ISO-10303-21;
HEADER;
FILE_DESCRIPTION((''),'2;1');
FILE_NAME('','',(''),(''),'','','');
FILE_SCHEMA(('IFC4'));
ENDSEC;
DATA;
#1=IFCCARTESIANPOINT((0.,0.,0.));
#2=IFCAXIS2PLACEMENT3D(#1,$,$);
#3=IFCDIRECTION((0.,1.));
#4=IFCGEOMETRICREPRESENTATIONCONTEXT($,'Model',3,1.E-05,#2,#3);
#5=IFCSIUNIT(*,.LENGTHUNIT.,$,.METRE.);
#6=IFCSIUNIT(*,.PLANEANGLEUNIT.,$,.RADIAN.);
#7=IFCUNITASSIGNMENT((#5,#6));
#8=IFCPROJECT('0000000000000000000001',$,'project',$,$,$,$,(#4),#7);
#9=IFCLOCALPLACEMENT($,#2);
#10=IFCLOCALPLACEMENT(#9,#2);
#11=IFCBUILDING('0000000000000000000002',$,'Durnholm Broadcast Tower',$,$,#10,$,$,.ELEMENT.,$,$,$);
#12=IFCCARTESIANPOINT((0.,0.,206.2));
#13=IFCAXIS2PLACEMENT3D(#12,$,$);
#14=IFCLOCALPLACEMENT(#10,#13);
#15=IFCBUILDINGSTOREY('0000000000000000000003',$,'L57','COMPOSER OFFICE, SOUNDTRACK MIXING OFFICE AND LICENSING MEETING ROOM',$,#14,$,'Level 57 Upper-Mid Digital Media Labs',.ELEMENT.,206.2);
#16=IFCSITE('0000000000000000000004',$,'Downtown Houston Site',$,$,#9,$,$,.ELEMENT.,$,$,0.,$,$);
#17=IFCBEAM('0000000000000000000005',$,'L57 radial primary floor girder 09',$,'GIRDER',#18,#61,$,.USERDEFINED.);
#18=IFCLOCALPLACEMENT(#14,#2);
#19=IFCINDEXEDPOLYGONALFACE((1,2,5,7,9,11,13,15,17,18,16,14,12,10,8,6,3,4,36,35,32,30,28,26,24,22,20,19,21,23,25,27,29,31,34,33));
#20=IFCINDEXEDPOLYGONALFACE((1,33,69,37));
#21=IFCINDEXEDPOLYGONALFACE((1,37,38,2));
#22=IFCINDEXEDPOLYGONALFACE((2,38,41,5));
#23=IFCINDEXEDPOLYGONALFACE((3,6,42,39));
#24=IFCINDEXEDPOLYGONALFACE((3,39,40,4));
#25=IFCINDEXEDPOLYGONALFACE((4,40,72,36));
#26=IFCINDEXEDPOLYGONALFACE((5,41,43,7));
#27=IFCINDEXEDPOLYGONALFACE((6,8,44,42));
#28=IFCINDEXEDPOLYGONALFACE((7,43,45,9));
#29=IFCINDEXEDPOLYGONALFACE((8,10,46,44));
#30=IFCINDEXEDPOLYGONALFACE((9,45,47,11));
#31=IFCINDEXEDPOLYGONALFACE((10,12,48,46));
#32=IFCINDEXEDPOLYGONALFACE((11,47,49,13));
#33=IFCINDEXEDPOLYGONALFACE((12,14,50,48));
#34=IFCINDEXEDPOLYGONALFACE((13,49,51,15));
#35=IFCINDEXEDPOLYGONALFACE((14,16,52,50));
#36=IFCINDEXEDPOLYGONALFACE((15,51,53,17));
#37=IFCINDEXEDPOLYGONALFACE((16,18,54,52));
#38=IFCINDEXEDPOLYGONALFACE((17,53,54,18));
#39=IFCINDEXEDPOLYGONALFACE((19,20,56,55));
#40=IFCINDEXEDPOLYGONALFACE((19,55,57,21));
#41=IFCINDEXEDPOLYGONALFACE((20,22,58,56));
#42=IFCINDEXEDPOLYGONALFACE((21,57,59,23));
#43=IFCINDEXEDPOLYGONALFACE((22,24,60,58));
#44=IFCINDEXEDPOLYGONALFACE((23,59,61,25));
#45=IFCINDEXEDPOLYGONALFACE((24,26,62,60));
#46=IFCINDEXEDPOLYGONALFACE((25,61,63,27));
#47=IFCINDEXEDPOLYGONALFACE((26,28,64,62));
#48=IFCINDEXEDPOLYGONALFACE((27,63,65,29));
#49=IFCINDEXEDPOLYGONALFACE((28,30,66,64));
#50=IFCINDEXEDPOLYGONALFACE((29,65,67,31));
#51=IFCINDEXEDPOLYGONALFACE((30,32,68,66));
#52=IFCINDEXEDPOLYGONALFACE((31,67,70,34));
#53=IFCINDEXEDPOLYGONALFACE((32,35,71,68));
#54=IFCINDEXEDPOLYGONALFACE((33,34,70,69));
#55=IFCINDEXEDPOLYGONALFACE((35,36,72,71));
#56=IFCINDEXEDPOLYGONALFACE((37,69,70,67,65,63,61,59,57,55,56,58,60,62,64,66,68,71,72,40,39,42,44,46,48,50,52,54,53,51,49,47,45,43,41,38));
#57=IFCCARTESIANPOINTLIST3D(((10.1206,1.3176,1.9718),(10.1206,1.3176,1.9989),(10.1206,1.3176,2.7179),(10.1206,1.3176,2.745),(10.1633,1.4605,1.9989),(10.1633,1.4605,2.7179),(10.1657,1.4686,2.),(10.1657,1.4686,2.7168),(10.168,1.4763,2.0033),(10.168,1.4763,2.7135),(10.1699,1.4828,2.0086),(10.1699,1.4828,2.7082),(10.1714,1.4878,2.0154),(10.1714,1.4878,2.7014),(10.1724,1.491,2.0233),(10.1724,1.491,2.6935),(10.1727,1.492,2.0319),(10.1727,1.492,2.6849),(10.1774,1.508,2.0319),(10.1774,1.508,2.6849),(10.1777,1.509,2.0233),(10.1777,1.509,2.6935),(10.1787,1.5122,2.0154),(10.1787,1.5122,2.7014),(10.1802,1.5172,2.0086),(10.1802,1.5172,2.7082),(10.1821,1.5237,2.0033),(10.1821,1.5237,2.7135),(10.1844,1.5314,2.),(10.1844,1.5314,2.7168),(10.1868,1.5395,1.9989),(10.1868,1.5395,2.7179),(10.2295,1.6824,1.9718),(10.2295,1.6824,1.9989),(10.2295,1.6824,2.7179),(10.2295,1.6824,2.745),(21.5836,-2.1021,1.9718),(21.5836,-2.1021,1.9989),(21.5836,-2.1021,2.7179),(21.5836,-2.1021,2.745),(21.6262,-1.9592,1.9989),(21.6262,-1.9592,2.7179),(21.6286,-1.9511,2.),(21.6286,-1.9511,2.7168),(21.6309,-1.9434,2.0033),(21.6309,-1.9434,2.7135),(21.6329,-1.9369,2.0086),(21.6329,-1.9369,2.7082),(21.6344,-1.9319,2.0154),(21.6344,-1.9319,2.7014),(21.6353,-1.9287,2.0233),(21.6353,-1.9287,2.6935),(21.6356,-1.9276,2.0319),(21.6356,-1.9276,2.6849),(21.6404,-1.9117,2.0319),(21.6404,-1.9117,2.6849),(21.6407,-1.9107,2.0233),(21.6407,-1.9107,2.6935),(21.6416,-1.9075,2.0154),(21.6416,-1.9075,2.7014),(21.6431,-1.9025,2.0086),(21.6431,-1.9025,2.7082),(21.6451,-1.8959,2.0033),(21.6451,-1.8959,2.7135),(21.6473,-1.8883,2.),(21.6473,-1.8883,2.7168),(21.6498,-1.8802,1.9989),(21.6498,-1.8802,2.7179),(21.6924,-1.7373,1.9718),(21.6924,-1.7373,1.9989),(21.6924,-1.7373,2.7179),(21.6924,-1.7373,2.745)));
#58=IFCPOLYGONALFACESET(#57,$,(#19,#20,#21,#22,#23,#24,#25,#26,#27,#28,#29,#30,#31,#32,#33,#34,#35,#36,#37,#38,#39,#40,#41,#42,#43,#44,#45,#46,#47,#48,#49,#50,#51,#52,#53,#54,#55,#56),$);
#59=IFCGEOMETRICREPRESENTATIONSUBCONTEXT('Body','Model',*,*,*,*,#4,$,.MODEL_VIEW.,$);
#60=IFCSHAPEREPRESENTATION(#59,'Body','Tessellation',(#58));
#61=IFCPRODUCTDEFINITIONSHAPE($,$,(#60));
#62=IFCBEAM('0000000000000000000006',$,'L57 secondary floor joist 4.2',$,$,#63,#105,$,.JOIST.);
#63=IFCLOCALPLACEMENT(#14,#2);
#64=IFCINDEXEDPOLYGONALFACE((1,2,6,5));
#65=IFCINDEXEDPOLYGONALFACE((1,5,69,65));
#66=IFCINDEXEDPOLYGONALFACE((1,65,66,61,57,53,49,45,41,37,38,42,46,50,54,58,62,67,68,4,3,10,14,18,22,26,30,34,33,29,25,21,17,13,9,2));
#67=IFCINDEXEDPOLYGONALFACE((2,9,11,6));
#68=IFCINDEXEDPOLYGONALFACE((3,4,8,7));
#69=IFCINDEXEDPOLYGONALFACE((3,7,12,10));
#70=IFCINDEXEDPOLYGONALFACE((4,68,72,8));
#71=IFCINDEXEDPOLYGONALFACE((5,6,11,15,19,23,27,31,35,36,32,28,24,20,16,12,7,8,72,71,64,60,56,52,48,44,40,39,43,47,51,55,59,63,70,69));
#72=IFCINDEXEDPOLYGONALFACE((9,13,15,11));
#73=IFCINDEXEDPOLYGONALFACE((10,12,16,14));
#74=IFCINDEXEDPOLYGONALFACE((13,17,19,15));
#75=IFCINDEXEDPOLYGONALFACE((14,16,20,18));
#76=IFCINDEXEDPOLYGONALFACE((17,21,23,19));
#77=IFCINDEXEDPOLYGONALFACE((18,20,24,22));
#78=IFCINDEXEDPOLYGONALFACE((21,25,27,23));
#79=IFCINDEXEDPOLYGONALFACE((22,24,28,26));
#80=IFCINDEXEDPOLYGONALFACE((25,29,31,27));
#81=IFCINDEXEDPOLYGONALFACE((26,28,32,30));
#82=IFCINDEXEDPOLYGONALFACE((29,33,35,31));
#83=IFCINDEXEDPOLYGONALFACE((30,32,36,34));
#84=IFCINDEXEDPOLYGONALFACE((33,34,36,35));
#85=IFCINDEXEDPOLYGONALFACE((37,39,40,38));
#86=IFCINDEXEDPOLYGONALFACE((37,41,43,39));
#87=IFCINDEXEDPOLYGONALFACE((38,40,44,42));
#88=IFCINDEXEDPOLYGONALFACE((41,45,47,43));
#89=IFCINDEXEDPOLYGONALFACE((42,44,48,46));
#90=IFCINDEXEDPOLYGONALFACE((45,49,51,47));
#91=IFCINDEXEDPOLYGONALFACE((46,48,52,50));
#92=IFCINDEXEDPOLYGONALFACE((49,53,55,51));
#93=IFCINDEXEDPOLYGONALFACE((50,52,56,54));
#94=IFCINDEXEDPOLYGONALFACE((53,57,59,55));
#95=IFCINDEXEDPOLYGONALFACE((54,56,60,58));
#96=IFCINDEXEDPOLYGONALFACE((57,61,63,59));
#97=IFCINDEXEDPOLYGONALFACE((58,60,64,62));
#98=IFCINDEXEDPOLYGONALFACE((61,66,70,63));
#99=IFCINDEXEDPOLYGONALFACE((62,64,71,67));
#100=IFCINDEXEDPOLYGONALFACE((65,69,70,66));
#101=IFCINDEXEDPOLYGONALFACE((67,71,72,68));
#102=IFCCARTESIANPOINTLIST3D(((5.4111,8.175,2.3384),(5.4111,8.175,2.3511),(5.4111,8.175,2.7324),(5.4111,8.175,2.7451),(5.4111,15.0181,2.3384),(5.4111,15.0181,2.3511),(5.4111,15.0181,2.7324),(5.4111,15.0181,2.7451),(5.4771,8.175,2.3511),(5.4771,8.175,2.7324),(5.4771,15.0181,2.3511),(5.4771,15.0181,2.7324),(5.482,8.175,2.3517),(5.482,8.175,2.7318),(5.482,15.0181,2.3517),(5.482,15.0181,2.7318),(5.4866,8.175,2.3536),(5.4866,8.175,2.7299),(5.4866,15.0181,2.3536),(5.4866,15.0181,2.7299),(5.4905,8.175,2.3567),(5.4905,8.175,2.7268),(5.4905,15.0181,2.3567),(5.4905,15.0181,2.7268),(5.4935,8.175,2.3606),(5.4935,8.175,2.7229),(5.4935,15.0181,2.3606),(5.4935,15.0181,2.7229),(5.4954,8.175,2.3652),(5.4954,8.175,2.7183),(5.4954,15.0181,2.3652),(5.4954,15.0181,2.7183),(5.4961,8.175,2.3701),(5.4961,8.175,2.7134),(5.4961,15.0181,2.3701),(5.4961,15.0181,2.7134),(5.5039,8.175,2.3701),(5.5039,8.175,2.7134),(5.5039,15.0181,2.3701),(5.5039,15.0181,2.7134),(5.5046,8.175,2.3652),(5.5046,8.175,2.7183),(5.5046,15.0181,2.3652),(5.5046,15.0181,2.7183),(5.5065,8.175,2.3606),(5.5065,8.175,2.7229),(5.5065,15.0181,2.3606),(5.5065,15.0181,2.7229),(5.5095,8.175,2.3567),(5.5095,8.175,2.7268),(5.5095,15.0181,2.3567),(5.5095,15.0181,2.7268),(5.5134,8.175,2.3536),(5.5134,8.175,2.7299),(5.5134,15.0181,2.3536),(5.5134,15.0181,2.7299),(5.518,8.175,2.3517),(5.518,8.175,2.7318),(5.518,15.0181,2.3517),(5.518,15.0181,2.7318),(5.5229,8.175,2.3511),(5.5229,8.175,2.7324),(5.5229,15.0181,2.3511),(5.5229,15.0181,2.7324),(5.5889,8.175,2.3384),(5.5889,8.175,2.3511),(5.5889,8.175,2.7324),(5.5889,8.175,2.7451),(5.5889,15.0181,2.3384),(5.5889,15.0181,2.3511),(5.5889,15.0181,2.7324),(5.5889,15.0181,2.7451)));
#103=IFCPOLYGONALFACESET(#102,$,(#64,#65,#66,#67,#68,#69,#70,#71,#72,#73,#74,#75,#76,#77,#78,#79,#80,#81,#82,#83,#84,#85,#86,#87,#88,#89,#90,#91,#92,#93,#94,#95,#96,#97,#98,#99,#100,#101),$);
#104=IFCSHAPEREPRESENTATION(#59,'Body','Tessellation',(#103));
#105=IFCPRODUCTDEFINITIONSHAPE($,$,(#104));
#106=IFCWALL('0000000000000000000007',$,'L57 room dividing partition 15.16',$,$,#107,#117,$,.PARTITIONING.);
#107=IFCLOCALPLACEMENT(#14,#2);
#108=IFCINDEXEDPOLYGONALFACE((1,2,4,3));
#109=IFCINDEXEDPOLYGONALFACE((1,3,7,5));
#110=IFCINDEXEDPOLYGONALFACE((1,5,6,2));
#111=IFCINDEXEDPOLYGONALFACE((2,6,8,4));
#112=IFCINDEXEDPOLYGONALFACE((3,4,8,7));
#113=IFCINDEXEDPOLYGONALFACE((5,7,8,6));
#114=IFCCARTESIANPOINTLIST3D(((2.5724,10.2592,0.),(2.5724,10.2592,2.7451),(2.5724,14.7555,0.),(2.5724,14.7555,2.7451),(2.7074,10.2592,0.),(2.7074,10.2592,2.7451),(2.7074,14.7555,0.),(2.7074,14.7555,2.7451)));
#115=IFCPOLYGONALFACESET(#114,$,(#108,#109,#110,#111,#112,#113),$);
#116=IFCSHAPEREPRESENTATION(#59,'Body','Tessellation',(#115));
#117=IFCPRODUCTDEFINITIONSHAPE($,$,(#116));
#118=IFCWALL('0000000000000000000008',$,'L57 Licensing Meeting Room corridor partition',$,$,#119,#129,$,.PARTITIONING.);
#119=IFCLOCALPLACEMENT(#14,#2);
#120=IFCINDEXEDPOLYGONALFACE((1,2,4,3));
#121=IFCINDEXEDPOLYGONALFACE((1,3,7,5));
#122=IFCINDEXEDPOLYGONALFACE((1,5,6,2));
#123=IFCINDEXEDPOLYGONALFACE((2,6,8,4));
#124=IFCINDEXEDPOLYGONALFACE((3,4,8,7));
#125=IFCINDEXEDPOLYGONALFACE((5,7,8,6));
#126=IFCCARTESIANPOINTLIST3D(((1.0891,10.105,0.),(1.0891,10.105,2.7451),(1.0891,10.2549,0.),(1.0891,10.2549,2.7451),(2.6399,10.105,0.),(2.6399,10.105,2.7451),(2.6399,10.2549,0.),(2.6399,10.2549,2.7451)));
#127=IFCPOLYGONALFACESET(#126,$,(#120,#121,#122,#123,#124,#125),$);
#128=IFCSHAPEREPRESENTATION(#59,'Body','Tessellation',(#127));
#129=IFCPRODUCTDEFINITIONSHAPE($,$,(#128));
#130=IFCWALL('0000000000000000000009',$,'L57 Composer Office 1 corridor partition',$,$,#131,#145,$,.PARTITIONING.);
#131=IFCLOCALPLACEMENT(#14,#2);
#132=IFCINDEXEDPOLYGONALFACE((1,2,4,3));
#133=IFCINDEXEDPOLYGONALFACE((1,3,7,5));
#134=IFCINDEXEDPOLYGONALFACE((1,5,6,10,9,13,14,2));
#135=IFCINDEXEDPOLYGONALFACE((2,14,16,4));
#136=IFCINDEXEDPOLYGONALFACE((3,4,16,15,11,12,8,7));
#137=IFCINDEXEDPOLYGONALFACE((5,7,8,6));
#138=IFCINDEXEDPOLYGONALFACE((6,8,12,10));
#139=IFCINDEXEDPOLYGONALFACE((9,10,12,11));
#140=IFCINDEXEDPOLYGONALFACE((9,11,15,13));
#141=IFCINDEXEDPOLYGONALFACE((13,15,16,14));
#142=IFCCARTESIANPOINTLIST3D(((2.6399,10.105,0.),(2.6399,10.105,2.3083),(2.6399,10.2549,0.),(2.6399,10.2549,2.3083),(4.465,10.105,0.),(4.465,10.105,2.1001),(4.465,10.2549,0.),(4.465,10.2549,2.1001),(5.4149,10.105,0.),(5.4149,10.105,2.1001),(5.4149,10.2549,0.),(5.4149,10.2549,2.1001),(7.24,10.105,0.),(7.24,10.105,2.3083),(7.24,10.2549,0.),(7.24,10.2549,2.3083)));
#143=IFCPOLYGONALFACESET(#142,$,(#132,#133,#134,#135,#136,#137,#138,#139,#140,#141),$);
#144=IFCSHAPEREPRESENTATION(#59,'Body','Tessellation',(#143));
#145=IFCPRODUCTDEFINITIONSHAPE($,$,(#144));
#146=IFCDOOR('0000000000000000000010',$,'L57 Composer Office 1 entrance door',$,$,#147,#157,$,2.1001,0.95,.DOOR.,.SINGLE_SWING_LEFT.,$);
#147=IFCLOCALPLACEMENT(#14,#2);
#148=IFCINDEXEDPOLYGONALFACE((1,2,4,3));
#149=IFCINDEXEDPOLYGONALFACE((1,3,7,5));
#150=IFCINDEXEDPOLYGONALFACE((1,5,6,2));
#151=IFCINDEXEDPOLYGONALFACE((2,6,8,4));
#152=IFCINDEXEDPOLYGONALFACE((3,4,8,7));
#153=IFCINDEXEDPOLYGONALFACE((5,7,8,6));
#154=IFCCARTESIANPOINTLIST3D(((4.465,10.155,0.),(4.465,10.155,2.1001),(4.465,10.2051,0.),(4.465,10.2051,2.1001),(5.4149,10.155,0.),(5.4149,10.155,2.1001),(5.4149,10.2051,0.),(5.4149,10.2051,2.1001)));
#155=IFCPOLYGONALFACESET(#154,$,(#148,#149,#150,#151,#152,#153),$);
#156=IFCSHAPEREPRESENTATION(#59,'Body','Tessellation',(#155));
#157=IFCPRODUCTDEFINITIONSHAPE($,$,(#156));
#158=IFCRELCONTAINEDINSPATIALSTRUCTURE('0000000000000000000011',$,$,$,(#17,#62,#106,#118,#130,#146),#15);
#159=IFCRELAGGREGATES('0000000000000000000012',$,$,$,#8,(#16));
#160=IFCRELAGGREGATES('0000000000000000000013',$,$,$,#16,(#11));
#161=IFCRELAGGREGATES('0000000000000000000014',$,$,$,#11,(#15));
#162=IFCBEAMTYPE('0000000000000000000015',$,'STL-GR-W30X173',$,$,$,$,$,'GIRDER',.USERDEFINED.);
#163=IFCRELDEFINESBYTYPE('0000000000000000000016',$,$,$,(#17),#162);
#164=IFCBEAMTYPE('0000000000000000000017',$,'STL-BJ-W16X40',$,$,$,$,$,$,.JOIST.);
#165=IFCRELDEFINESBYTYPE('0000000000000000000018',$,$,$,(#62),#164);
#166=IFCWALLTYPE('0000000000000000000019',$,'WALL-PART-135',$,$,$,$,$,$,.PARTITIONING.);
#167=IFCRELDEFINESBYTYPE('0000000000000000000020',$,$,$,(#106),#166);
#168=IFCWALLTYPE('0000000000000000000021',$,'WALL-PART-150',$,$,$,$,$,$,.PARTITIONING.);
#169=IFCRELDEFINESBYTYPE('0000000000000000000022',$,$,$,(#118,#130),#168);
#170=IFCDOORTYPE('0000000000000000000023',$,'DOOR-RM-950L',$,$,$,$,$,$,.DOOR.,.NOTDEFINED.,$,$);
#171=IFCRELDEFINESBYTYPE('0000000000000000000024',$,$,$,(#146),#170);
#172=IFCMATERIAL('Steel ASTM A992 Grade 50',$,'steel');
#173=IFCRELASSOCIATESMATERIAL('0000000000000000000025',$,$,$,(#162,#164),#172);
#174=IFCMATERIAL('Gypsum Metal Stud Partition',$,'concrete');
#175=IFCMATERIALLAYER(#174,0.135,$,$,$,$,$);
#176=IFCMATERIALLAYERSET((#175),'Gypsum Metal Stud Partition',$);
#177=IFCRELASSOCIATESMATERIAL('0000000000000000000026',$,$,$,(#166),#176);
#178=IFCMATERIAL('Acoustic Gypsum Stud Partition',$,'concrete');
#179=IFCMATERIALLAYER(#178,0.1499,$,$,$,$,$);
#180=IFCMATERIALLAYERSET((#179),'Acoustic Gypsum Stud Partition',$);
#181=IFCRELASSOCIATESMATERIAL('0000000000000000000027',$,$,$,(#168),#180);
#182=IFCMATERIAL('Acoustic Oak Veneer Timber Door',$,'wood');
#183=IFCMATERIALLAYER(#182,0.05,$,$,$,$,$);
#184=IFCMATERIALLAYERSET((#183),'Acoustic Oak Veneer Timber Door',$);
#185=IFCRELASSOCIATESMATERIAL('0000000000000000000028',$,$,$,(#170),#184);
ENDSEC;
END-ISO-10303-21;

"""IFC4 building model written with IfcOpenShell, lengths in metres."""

from ifc_helpers import new_model, si_unit, direction, frame, frame_2d, origin, origin_2d, place, context, subcontext, project, spatial, rectangle, i_section, extrude, source, transform, mapped, material, layer, layer_set, material_profile, profile_set, type_object, type_shapes, element, fill, save


model = new_model("IFC4")

# Units and contexts
model_context = context("Model", 3, precision=1e-05, world=origin(), true_north=direction((0.0, 1.0)))
body_context = subcontext(model_context, "Body", "Model", "MODEL_VIEW")
ifc_project = project(units=[si_unit("LENGTHUNIT", "METRE"), si_unit("PLANEANGLEUNIT", "RADIAN")], contexts=[model_context])

# Site, building, storey
site_placement = place(None, origin())
site = spatial("IfcSite", under=ifc_project, at=site_placement, Name="Downtown Houston Site", CompositionType="ELEMENT", RefElevation=0.0)
building_placement = place(site_placement, origin())
building = spatial("IfcBuilding", under=site, at=building_placement, Name="Durnholm Broadcast Tower", CompositionType="ELEMENT")
storey_placement = place(building_placement, frame((0.0, 0.0, 206.2)))
storey = spatial("IfcBuildingStorey", under=building, at=storey_placement, Name="L57", Description="COMPOSER OFFICE, SOUNDTRACK MIXING OFFICE AND LICENSING MEETING ROOM", LongName="Level 57 Upper-Mid Digital Media Labs", CompositionType="ELEMENT", Elevation=206.2)

# Beams
ifc_material_1 = material(Name="Steel ASTM A992 Grade 50", Category="steel")
ifc_material_profile_1 = material_profile(ifc_material_1, i_section(OverallWidth=0.3806, OverallDepth=0.7732, WebThickness=0.0166, FlangeThickness=0.0271, FilletRadius=0.033, at=origin_2d()), Name="W30X173")
ifc_profile_set_1 = profile_set([ifc_material_profile_1], Name="Steel ASTM A992 Grade 50")
beam_type_1 = type_object("IfcBeamType", Name="STL-GR-W30X173", ElementType="GIRDER", PredefinedType="USERDEFINED", material=ifc_profile_set_1)
shared_shape_1 = source(origin(), body_context, "Body", "SweptSolid", [
    extrude(i_section(OverallWidth=0.3806, OverallDepth=0.7732, WebThickness=0.0166, FlangeThickness=0.0271, FilletRadius=0.033, at=origin_2d()), origin(), (0.0, 0.0, 1.0), 11.9622),
])
beam_1_placement = place(storey_placement, frame((10.175, 1.5, 2.3584), z_axis=(0.958267, -0.285876, 0.0), x_axis=(0.285876, 0.958267, 0.0)))
element("IfcBeam", 1, at=beam_1_placement, inside=storey, type_object=beam_type_1, Name="L57 radial primary floor girder 09", ObjectType="GIRDER", PredefinedType="USERDEFINED", context=body_context, shape_type="MappedRepresentation", body=[
    mapped(shared_shape_1, transform((0.0, 0.0, 0.0), x_axis=(1.0, 0.0, 0.0), y_axis=(0.0, 1.0, 0.0), z_axis=(0.0, 0.0, 1.0), scale=1.0)),
])
ifc_material_profile_2 = material_profile(ifc_material_1, i_section(OverallWidth=0.1777, OverallDepth=0.4067, WebThickness=0.0078, FlangeThickness=0.0127, FilletRadius=0.019, at=origin_2d()), Name="W16X40")
ifc_profile_set_2 = profile_set([ifc_material_profile_2], Name="Steel ASTM A992 Grade 50")
beam_type_2 = type_object("IfcBeamType", Name="STL-BJ-W16X40", PredefinedType="JOIST", material=ifc_profile_set_2)
shared_shape_2 = source(origin(), body_context, "Body", "SweptSolid", [
    extrude(i_section(OverallWidth=0.1777, OverallDepth=0.4067, WebThickness=0.0078, FlangeThickness=0.0127, FilletRadius=0.019, at=origin_2d()), origin(), (0.0, 0.0, 1.0), 6.843),
])
type_shapes(beam_type_2, [shared_shape_2])
beam_2_placement = place(storey_placement, frame((5.5, 8.175, 2.5417), z_axis=(0.0, 1.0, 0.0), x_axis=(-1.0, 0.0, 0.0)))
element("IfcBeam", 2, at=beam_2_placement, inside=storey, type_object=beam_type_2, Name="L57 secondary floor joist 4.2", PredefinedType="JOIST", context=body_context, shape_type="MappedRepresentation", body=[
    mapped(shared_shape_2, transform((0.0, 0.0, 0.0), x_axis=(1.0, 0.0, 0.0), y_axis=(0.0, 1.0, 0.0), z_axis=(0.0, 0.0, 1.0), scale=1.0)),
])

# Walls
ifc_material_2 = material(Name="Gypsum Metal Stud Partition", Category="concrete")
ifc_layer_1 = layer(ifc_material_2, 0.135)
ifc_layer_set_1 = layer_set([ifc_layer_1], Name="Gypsum Metal Stud Partition")
wall_type_1 = type_object("IfcWallType", Name="WALL-PART-135", PredefinedType="PARTITIONING", material=ifc_layer_set_1)
wall_1_placement = place(storey_placement, frame((2.6399, 14.7554, 0.0), z_axis=(0.0, 0.0, 1.0), x_axis=(0.0, -1.0, 0.0)))
element("IfcWall", 3, at=wall_1_placement, inside=storey, type_object=wall_type_1, Name="L57 room dividing partition 15.16", PredefinedType="PARTITIONING", context=body_context, shape_type="SweptSolid", body=[
    extrude(rectangle(XDim=4.4963, YDim=0.135, at=frame_2d((2.248, 0.0))), origin(), (0.0, 0.0, 1.0), 2.7451),
])
ifc_material_3 = material(Name="Acoustic Gypsum Stud Partition", Category="concrete")
ifc_layer_2 = layer(ifc_material_3, 0.1499)
ifc_layer_set_2 = layer_set([ifc_layer_2], Name="Acoustic Gypsum Stud Partition")
wall_type_2 = type_object("IfcWallType", Name="WALL-PART-150", PredefinedType="PARTITIONING", material=ifc_layer_set_2)
wall_2_placement = place(storey_placement, frame((2.6399, 10.1799, 0.0), z_axis=(0.0, 0.0, 1.0), x_axis=(-1.0, 0.0, 0.0)))
element("IfcWall", 4, at=wall_2_placement, inside=storey, type_object=wall_type_2, Name="L57 Licensing Meeting Room corridor partition", PredefinedType="PARTITIONING", context=body_context, shape_type="SweptSolid", body=[
    extrude(rectangle(XDim=1.5508, YDim=0.1499, at=frame_2d((0.7754, 0.0))), origin(), (0.0, 0.0, 1.0), 2.7451),
])

# Wall, opening, door
wall_3_placement = place(storey_placement, frame((7.24, 10.1799, 0.0), z_axis=(0.0, 0.0, 1.0), x_axis=(-1.0, 0.0, 0.0)))
wall_3 = element("IfcWall", 5, at=wall_3_placement, inside=storey, type_object=wall_type_2, Name="L57 Composer Office 1 corridor partition", PredefinedType="PARTITIONING", context=body_context, shape_type="SweptSolid", body=[
    extrude(rectangle(XDim=4.6001, YDim=0.1499, at=frame_2d((2.3, 0.0))), origin(), (0.0, 0.0, 1.0), 2.3083),
])
opening_1_placement = place(wall_3_placement, frame((1.825, 0.0, 0.0)))
opening_1 = element("IfcOpeningElement", 6, at=opening_1_placement, cuts=wall_3, PredefinedType="OPENING", context=body_context, shape_type="SweptSolid", body=[
    extrude(rectangle(XDim=0.95, YDim=2.1001, at=frame_2d((0.4751, 1.05))), frame((0.0, 0.085, 0.0), z_axis=(0.0, -1.0, 0.0), x_axis=(1.0, 0.0, 0.0)), (0.0, 0.0, 1.0), 0.1699),
])
ifc_material_4 = material(Name="Acoustic Oak Veneer Timber Door", Category="wood")
ifc_layer_3 = layer(ifc_material_4, 0.05)
ifc_layer_set_3 = layer_set([ifc_layer_3], Name="Acoustic Oak Veneer Timber Door")
door_type_1 = type_object("IfcDoorType", Name="DOOR-RM-950L", OperationType="NOTDEFINED", PredefinedType="DOOR", material=ifc_layer_set_3)
shared_shape_3 = source(origin(), body_context, "Body", "SweptSolid", [
    extrude(rectangle(XDim=0.95, YDim=2.1001, at=frame_2d((0.4751, 1.05))), frame((0.0, 0.0249, 0.0), z_axis=(0.0, -1.0, 0.0), x_axis=(1.0, 0.0, 0.0)), (0.0, 0.0, 1.0), 0.05),
])
type_shapes(door_type_1, [shared_shape_3])
door_1_placement = place(opening_1_placement, origin())
door_1 = element("IfcDoor", 7, at=door_1_placement, inside=storey, type_object=door_type_1, Name="L57 Composer Office 1 entrance door", OperationType="SINGLE_SWING_LEFT", OverallHeight=2.1001, OverallWidth=0.95, PredefinedType="DOOR", context=body_context, shape_type="MappedRepresentation", body=[
    mapped(shared_shape_3, transform((0.0, 0.0, 0.0), x_axis=(1.0, 0.0, 0.0), y_axis=(0.0, 1.0, 0.0), z_axis=(0.0, 0.0, 1.0), scale=1.0)),
])
fill(opening_1, door_1)

save(model, "model.ifc")
